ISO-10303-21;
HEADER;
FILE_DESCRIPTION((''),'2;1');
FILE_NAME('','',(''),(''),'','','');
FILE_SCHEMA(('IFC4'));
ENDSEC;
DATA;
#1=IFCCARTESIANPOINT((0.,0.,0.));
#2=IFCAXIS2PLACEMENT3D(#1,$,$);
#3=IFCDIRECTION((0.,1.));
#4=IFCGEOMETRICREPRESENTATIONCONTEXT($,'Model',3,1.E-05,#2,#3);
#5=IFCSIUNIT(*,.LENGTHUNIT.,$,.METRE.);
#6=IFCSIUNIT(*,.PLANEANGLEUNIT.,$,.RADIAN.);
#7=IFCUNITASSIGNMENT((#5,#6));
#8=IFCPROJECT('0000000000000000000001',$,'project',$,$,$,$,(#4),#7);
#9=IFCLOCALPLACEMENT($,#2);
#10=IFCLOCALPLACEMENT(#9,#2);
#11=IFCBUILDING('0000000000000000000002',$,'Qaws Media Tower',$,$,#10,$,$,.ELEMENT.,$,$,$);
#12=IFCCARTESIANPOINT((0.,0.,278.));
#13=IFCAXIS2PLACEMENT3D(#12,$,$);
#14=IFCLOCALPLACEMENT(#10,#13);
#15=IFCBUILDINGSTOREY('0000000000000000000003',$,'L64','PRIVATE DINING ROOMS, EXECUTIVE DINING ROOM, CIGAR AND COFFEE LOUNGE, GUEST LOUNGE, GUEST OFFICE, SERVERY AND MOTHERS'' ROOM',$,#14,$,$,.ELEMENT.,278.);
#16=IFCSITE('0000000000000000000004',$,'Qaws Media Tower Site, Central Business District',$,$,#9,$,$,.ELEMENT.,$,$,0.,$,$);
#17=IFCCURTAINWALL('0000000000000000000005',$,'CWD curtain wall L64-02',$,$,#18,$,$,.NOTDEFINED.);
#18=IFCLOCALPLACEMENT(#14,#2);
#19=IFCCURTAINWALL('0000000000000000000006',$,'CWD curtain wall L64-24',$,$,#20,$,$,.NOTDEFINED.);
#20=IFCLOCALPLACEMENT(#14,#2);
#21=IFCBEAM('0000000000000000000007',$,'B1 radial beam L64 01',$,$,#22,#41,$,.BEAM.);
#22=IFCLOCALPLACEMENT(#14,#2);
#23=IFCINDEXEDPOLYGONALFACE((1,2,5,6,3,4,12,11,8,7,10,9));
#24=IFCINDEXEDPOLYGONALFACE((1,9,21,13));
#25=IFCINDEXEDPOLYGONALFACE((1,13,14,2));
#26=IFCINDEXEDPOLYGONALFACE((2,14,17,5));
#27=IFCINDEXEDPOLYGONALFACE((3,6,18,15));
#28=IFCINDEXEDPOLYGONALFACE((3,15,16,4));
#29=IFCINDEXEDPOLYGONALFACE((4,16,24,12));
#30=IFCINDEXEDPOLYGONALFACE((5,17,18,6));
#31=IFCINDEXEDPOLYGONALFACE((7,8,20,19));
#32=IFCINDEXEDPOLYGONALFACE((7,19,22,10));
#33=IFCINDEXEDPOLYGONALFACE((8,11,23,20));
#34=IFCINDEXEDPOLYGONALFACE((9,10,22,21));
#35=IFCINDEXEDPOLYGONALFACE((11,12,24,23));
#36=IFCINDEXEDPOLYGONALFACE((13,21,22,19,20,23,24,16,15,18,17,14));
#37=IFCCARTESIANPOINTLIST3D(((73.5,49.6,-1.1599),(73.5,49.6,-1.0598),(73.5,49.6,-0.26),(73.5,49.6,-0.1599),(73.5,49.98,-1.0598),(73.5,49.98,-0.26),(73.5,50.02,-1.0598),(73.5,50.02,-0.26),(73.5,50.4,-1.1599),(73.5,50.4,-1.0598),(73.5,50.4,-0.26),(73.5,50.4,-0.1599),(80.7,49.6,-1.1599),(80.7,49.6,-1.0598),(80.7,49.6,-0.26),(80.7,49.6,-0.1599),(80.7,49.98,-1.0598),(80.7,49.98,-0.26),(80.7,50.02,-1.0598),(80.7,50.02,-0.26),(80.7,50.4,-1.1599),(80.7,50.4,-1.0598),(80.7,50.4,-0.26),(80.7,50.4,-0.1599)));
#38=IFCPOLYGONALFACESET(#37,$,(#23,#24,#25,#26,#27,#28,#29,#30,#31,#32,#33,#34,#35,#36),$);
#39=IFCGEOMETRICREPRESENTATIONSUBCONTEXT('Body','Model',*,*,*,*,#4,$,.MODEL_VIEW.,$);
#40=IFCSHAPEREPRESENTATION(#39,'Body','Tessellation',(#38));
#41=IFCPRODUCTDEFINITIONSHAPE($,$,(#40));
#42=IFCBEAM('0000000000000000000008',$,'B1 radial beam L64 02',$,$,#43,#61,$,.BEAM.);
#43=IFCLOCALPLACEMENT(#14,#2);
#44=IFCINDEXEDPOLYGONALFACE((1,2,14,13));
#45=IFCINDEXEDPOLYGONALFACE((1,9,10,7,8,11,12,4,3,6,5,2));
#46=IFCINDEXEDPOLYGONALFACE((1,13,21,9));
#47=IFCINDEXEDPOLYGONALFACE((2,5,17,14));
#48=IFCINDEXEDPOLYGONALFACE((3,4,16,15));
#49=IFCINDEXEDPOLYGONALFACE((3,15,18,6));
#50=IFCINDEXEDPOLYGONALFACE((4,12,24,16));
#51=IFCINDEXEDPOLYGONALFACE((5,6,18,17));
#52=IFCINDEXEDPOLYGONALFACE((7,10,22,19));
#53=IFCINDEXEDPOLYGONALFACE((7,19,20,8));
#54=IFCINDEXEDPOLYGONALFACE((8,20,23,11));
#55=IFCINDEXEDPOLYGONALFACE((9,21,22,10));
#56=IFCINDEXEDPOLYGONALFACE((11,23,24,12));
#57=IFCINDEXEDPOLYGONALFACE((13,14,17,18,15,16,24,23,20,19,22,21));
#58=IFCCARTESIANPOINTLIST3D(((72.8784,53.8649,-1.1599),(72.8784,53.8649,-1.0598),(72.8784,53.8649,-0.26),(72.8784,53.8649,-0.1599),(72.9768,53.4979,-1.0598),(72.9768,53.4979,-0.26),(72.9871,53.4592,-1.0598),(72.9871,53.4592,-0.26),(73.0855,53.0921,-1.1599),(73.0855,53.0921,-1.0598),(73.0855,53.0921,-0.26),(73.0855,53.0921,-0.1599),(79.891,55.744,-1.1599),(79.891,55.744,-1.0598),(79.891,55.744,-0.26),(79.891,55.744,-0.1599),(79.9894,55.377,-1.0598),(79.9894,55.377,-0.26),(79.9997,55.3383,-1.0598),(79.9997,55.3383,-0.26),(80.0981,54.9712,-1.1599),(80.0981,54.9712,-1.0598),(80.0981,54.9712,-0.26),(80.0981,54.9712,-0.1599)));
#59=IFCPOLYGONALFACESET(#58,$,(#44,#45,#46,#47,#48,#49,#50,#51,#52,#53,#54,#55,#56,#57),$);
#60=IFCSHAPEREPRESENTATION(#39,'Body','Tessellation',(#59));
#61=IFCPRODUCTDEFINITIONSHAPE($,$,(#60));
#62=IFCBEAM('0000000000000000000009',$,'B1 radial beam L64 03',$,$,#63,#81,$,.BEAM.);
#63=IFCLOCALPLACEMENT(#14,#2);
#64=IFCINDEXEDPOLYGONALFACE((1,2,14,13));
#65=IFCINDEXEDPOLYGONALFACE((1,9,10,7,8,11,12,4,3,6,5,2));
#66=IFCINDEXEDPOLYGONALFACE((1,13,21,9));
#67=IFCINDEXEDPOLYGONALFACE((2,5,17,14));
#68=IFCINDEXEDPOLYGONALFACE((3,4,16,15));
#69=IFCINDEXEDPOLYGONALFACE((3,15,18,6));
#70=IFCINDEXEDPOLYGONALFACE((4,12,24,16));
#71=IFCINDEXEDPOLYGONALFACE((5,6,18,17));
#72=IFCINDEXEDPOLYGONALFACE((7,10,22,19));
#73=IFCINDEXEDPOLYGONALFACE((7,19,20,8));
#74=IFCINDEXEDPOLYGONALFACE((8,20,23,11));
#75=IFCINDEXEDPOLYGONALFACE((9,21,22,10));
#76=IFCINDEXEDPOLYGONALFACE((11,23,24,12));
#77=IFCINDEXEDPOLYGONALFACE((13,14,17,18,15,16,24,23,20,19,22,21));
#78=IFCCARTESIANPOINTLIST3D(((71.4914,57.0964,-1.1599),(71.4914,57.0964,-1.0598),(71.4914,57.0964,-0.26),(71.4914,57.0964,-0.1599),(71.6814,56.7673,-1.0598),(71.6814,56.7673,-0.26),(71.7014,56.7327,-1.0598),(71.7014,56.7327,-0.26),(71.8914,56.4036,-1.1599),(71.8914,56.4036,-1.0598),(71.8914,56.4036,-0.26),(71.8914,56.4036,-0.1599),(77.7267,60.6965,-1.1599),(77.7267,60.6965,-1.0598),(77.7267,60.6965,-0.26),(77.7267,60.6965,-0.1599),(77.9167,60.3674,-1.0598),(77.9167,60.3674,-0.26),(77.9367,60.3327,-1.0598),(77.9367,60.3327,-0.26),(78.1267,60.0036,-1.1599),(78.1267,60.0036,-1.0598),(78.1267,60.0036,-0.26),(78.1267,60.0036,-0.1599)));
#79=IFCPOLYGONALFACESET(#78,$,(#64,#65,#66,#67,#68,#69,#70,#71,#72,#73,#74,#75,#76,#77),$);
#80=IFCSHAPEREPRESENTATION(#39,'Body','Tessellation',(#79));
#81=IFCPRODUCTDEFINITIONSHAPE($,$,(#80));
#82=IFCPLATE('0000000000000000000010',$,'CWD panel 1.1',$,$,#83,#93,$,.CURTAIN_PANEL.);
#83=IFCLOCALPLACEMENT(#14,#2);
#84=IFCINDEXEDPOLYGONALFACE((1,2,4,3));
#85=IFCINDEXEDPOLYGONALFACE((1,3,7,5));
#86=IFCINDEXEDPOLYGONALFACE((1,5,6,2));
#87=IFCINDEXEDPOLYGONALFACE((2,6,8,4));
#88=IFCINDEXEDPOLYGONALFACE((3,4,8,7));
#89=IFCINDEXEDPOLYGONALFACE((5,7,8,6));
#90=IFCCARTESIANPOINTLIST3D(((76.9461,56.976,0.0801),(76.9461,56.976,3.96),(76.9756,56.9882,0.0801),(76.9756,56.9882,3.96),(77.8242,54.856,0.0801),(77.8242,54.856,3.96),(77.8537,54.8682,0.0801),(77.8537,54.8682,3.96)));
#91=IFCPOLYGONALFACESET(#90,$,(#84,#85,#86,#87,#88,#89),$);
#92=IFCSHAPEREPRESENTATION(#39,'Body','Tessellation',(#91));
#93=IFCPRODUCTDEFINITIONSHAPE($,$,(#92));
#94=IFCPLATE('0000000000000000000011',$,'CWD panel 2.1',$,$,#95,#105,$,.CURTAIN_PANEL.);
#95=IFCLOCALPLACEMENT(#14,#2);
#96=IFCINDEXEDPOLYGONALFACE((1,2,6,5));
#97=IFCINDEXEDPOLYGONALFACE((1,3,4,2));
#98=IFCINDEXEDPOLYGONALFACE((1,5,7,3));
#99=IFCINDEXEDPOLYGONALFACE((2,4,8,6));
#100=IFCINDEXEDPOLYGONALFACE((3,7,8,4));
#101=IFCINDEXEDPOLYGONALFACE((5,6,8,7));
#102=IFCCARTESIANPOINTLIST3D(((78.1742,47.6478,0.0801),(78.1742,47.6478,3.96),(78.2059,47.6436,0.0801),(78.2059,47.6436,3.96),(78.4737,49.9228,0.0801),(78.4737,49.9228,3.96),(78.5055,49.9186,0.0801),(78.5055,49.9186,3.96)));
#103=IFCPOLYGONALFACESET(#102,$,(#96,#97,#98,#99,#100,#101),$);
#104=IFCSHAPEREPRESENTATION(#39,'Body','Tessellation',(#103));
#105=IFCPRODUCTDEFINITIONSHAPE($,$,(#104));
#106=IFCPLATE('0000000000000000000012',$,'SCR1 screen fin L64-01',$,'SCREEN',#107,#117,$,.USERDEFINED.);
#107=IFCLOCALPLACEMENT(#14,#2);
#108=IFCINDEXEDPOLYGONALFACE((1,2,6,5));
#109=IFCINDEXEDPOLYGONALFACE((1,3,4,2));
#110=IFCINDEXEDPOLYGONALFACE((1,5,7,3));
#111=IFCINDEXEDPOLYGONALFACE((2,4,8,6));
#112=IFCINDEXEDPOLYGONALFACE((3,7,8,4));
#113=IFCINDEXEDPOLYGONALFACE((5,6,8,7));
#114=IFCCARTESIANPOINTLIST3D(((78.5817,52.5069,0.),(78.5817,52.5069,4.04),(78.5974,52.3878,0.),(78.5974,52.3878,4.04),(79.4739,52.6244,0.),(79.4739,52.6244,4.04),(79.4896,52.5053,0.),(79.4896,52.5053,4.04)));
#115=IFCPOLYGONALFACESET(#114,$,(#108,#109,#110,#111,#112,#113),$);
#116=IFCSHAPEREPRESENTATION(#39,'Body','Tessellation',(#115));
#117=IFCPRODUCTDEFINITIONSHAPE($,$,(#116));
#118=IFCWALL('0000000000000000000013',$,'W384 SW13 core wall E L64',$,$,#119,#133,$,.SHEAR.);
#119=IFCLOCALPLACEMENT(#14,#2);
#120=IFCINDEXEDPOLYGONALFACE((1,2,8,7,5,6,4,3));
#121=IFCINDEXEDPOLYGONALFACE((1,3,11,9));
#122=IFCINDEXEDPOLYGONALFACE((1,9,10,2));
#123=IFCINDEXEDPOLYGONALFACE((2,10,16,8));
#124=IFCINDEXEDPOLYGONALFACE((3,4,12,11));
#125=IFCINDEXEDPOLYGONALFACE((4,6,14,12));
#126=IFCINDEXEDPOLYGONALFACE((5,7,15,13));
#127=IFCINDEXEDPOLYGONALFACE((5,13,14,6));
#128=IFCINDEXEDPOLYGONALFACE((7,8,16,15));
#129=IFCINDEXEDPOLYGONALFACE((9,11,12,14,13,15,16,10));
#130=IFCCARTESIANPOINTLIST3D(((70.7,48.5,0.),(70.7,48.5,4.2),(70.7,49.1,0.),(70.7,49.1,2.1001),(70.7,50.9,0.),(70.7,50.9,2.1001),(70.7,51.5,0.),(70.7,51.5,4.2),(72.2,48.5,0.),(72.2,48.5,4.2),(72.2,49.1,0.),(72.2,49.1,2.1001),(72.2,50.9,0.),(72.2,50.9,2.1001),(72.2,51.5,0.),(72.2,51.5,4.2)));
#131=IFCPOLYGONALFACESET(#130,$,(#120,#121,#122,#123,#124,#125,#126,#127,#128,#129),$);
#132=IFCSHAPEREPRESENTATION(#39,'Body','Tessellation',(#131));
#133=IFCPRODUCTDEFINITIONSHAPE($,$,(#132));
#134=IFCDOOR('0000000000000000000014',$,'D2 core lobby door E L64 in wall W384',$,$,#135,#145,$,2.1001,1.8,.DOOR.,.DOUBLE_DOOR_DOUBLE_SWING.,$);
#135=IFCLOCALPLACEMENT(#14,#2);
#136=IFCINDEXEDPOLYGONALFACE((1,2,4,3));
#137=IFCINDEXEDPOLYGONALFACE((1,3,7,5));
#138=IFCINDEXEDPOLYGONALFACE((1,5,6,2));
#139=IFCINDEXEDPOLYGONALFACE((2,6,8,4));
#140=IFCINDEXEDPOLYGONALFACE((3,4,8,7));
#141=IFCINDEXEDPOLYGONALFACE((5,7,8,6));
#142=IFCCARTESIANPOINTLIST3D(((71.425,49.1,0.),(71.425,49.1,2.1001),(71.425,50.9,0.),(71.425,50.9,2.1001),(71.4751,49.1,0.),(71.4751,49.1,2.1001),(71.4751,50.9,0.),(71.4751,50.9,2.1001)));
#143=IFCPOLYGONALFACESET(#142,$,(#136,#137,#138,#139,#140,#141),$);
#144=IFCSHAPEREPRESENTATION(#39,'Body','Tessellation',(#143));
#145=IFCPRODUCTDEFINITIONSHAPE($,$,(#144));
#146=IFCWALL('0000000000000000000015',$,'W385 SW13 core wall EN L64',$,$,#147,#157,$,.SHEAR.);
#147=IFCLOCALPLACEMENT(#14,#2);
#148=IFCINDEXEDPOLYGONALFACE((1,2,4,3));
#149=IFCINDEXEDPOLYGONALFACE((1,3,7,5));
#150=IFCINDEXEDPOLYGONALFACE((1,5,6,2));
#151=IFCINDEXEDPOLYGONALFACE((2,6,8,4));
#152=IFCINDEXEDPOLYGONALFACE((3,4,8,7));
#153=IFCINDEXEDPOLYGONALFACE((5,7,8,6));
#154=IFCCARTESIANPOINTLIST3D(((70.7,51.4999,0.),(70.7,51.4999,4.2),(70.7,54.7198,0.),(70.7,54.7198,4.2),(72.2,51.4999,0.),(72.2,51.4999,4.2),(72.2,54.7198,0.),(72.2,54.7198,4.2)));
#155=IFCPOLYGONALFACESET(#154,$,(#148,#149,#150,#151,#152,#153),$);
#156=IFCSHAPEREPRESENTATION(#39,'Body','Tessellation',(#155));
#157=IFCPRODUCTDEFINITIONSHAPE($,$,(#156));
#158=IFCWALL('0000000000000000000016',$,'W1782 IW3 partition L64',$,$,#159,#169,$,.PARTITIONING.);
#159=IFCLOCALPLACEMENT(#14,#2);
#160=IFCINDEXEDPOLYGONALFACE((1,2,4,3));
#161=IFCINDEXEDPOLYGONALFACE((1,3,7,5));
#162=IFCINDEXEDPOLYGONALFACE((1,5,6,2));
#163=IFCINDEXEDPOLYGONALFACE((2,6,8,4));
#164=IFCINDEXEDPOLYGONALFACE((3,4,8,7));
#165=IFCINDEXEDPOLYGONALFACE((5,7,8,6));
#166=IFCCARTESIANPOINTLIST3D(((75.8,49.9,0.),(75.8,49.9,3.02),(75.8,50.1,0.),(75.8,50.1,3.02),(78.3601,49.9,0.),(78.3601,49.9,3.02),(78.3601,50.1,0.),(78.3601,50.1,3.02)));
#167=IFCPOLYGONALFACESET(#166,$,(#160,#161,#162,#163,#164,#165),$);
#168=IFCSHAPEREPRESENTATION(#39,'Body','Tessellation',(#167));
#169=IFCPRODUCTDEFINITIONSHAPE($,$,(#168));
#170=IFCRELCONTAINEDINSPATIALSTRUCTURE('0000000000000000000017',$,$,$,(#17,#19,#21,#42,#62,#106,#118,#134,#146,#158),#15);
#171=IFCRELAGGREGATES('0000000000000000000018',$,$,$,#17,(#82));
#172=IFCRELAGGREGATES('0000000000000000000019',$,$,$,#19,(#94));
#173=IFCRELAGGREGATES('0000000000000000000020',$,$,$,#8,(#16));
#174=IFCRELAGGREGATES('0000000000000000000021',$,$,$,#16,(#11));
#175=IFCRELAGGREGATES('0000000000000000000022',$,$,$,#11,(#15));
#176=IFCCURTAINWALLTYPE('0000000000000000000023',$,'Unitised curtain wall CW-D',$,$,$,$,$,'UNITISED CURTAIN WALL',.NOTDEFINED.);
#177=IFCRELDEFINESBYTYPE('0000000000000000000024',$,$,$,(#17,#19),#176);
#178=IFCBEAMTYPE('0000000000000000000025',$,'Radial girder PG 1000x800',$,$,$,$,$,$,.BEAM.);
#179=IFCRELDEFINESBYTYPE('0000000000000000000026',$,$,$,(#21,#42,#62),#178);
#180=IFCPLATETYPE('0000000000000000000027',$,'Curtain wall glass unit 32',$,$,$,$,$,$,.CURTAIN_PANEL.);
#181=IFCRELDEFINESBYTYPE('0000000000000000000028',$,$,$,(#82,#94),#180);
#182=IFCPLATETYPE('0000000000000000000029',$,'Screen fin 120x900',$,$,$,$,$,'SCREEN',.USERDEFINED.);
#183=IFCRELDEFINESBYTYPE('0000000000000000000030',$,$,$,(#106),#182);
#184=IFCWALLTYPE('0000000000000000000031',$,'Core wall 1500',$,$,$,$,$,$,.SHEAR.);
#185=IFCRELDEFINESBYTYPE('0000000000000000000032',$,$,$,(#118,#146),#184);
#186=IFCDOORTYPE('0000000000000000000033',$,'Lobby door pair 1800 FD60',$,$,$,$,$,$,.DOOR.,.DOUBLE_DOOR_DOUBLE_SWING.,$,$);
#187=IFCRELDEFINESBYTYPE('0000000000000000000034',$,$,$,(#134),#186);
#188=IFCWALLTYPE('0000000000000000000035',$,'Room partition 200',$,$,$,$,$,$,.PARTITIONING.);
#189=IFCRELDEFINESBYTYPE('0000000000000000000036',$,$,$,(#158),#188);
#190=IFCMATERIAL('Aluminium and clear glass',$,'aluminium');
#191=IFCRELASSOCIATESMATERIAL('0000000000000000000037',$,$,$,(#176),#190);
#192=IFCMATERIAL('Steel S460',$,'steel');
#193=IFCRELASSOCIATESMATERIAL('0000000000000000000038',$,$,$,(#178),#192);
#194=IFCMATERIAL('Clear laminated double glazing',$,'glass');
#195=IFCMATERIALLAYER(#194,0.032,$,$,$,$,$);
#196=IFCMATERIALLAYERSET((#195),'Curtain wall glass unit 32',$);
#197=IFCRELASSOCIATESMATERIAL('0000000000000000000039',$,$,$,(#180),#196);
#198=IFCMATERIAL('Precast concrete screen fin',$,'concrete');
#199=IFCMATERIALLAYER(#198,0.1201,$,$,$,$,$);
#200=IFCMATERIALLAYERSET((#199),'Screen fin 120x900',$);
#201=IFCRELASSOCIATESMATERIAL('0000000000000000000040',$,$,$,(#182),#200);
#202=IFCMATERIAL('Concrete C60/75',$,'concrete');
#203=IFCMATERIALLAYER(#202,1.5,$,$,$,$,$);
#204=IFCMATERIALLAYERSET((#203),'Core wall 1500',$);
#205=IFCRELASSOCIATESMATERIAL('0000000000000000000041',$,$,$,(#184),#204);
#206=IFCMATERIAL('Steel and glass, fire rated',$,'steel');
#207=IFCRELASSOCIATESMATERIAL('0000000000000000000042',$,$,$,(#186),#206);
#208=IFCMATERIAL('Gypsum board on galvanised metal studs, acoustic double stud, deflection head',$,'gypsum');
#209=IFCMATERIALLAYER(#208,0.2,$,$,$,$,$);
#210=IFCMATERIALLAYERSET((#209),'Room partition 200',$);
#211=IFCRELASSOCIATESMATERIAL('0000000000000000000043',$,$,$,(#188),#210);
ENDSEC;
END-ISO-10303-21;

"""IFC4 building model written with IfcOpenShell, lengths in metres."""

from ifc_helpers import new_model, si_unit, direction, frame, frame_2d, origin, origin_2d, place, context, subcontext, project, spatial, rectangle, i_section, extrude, material, layer, layer_set, material_profile, profile_set, type_object, element, fill, aggregate, save


model = new_model("IFC4")

# Units and contexts
model_context = context("Model", 3, precision=1e-05, world=origin(), true_north=direction((0.0, 1.0)))
body_context = subcontext(model_context, "Body", "Model", "MODEL_VIEW")
ifc_project = project(units=[si_unit("LENGTHUNIT", "METRE"), si_unit("PLANEANGLEUNIT", "RADIAN")], contexts=[model_context])

# Site, building, storey
site_placement = place(None, origin())
site = spatial("IfcSite", under=ifc_project, at=site_placement, Name="Qaws Media Tower Site, Central Business District", CompositionType="ELEMENT", RefElevation=0.0)
building_placement = place(site_placement, origin())
building = spatial("IfcBuilding", under=site, at=building_placement, Name="Qaws Media Tower", CompositionType="ELEMENT")
storey_placement = place(building_placement, frame((0.0, 0.0, 278.0)))
storey = spatial("IfcBuildingStorey", under=building, at=storey_placement, Name="L64", Description="PRIVATE DINING ROOMS, EXECUTIVE DINING ROOM, CIGAR AND COFFEE LOUNGE, GUEST LOUNGE, GUEST OFFICE, SERVERY AND MOTHERS' ROOM", CompositionType="ELEMENT", Elevation=278.0)

# Curtain wall
ifc_material_1 = material(Name="Aluminium and clear glass", Category="aluminium")
curtain_wall_type = type_object("IfcCurtainWallType", Name="Unitised curtain wall CW-D", ElementType="UNITISED CURTAIN WALL", PredefinedType="NOTDEFINED", material=ifc_material_1)
curtain_wall_1_placement = place(storey_placement, origin())
curtain_wall_1 = element("IfcCurtainWall", 1, at=curtain_wall_1_placement, inside=storey, type_object=curtain_wall_type, Name="CWD curtain wall L64-02", PredefinedType="NOTDEFINED")

# Curtain wall
curtain_wall_2_placement = place(storey_placement, origin())
curtain_wall_2 = element("IfcCurtainWall", 2, at=curtain_wall_2_placement, inside=storey, type_object=curtain_wall_type, Name="CWD curtain wall L64-24", PredefinedType="NOTDEFINED")

# Beams
ifc_material_2 = material(Name="Steel S460", Category="steel")
ifc_material_profile_1 = material_profile(ifc_material_2, i_section(OverallWidth=0.8, OverallDepth=1.0, WebThickness=0.04, FlangeThickness=0.1001, at=origin_2d()), Name="PG 1000x800")
ifc_profile_set_1 = profile_set([ifc_material_profile_1], Name="Steel S460")
beam_type_1 = type_object("IfcBeamType", Name="Radial girder PG 1000x800", PredefinedType="BEAM", material=ifc_profile_set_1)
beam_1_placement = place(storey_placement, frame((73.5, 50.0, -0.6599), z_axis=(1.0, 0.0, 0.0), x_axis=(0.0, 1.0, 0.0)))
element("IfcBeam", 3, at=beam_1_placement, inside=storey, type_object=beam_type_1, Name="B1 radial beam L64 01", PredefinedType="BEAM", context=body_context, shape_type="SweptSolid", body=[
    extrude(i_section(OverallWidth=0.8, OverallDepth=1.0, WebThickness=0.04, FlangeThickness=0.1001, at=origin_2d()), origin(), (0.0, 0.0, 1.0), 7.2),
])
beam_2_placement = place(storey_placement, frame((72.9819, 53.4785, -0.6599), z_axis=(0.965922, 0.258832, 0.0), x_axis=(-0.258832, 0.965922, 0.0)))
element("IfcBeam", 4, at=beam_2_placement, inside=storey, type_object=beam_type_1, Name="B1 radial beam L64 02", PredefinedType="BEAM", context=body_context, shape_type="SweptSolid", body=[
    extrude(i_section(OverallWidth=0.8, OverallDepth=1.0, WebThickness=0.04, FlangeThickness=0.1001, at=origin_2d()), origin(), (0.0, 0.0, 1.0), 7.26),
])
beam_3_placement = place(storey_placement, frame((71.6914, 56.75, -0.6599), z_axis=(0.866018, 0.500012, 0.0), x_axis=(-0.500012, 0.866018, 0.0)))
element("IfcBeam", 5, at=beam_3_placement, inside=storey, type_object=beam_type_1, Name="B1 radial beam L64 03", PredefinedType="BEAM", context=body_context, shape_type="SweptSolid", body=[
    extrude(i_section(OverallWidth=0.8, OverallDepth=1.0, WebThickness=0.04, FlangeThickness=0.1001, at=origin_2d()), origin(), (0.0, 0.0, 1.0), 7.2),
])

# Plates
ifc_material_3 = material(Name="Clear laminated double glazing", Category="glass")
ifc_layer_1 = layer(ifc_material_3, 0.032)
ifc_layer_set_1 = layer_set([ifc_layer_1], Name="Curtain wall glass unit 32")
plate_type_1 = type_object("IfcPlateType", Name="Curtain wall glass unit 32", PredefinedType="CURTAIN_PANEL", material=ifc_layer_set_1)
plate_1_placement = place(storey_placement, frame((77.3999, 55.9221, 0.0801), z_axis=(0.0, 0.0, 1.0), x_axis=(-0.382683, 0.92388, 0.0)))
plate_1 = element("IfcPlate", 6, at=plate_1_placement, type_object=plate_type_1, Name="CWD panel 1.1", PredefinedType="CURTAIN_PANEL", context=body_context, shape_type="SweptSolid", body=[
    extrude(rectangle(XDim=2.2947, YDim=0.032, at=origin_2d()), origin(), (0.0, 0.0, 1.0), 3.8799),
])
aggregate(curtain_wall_1, [plate_1])
plate_2_placement = place(storey_placement, frame((78.3398, 48.7832, 0.0801), z_axis=(0.0, 0.0, 1.0), x_axis=(0.130526, 0.991445, 0.0)))
plate_2 = element("IfcPlate", 7, at=plate_2_placement, type_object=plate_type_1, Name="CWD panel 2.1", PredefinedType="CURTAIN_PANEL", context=body_context, shape_type="SweptSolid", body=[
    extrude(rectangle(XDim=2.2947, YDim=0.032, at=origin_2d()), origin(), (0.0, 0.0, 1.0), 3.8799),
])
aggregate(curtain_wall_2, [plate_2])
ifc_material_4 = material(Name="Precast concrete screen fin", Category="concrete")
ifc_layer_2 = layer(ifc_material_4, 0.1201)
ifc_layer_set_2 = layer_set([ifc_layer_2], Name="Screen fin 120x900")
plate_type_2 = type_object("IfcPlateType", Name="Screen fin 120x900", ElementType="SCREEN", PredefinedType="USERDEFINED", material=ifc_layer_set_2)
plate_3_placement = place(storey_placement, frame((79.0356, 52.5061, 0.0), z_axis=(0.0, 0.0, 1.0), x_axis=(0.991445, 0.130526, 0.0)))
element("IfcPlate", 8, at=plate_3_placement, inside=storey, type_object=plate_type_2, Name="SCR1 screen fin L64-01", ObjectType="SCREEN", PredefinedType="USERDEFINED", context=body_context, shape_type="SweptSolid", body=[
    extrude(rectangle(XDim=0.8999, YDim=0.1201, at=origin_2d()), origin(), (0.0, 0.0, 1.0), 4.04),
])

# Wall, opening, door
ifc_material_5 = material(Name="Concrete C60/75", Category="concrete")
ifc_layer_3 = layer(ifc_material_5, 1.5)
ifc_layer_set_3 = layer_set([ifc_layer_3], Name="Core wall 1500")
wall_type_1 = type_object("IfcWallType", Name="Core wall 1500", PredefinedType="SHEAR", material=ifc_layer_set_3)
wall_1_placement = place(storey_placement, frame((71.45, 48.5, 0.0), z_axis=(0.0, 0.0, 1.0), x_axis=(0.0, 1.0, 0.0)))
wall_1 = element("IfcWall", 9, at=wall_1_placement, inside=storey, type_object=wall_type_1, Name="W384 SW13 core wall E L64", PredefinedType="SHEAR", context=body_context, shape_type="SweptSolid", body=[
    extrude(rectangle(XDim=3.0, YDim=1.5, at=frame_2d((1.5, 0.0))), origin(), (0.0, 0.0, 1.0), 4.2),
])
opening_1_placement = place(wall_1_placement, frame((0.6001, 0.0, 0.0)))
opening_1 = element("IfcOpeningElement", 10, at=opening_1_placement, cuts=wall_1, PredefinedType="OPENING", context=body_context, shape_type="SweptSolid", body=[
    extrude(rectangle(XDim=1.8, YDim=2.1001, at=frame_2d((0.8999, 1.05))), frame((0.0, 0.76, 0.0), z_axis=(0.0, -1.0, 0.0), x_axis=(1.0, 0.0, 0.0)), (0.0, 0.0, 1.0), 1.52),
])
ifc_material_6 = material(Name="Steel and glass, fire rated", Category="steel")
door_type_1 = type_object("IfcDoorType", Name="Lobby door pair 1800 FD60", OperationType="DOUBLE_DOOR_DOUBLE_SWING", PredefinedType="DOOR", material=ifc_material_6)
door_1_placement = place(opening_1_placement, origin())
door_1 = element("IfcDoor", 11, at=door_1_placement, inside=storey, type_object=door_type_1, Name="D2 core lobby door E L64 in wall W384", OperationType="DOUBLE_DOOR_DOUBLE_SWING", OverallHeight=2.1001, OverallWidth=1.8, PredefinedType="DOOR", context=body_context, shape_type="SweptSolid", body=[
    extrude(rectangle(XDim=1.8, YDim=2.1001, at=frame_2d((0.8999, 1.05))), frame((0.0, 0.0249, 0.0), z_axis=(0.0, -1.0, 0.0), x_axis=(1.0, 0.0, 0.0)), (0.0, 0.0, 1.0), 0.05),
])
fill(opening_1, door_1)

# Wall
wall_2_placement = place(storey_placement, frame((71.45, 51.5, 0.0), z_axis=(0.0, 0.0, 1.0), x_axis=(0.0, 1.0, 0.0)))
element("IfcWall", 12, at=wall_2_placement, inside=storey, type_object=wall_type_1, Name="W385 SW13 core wall EN L64", PredefinedType="SHEAR", context=body_context, shape_type="SweptSolid", body=[
    extrude(rectangle(XDim=3.22, YDim=1.5, at=frame_2d((1.6099, 0.0))), origin(), (0.0, 0.0, 1.0), 4.2),
])

# Shared definitions
ifc_material_7 = material(Name="Gypsum board on galvanised metal studs, acoustic double stud, deflection head", Category="gypsum")
ifc_layer_4 = layer(ifc_material_7, 0.2)
ifc_layer_set_4 = layer_set([ifc_layer_4], Name="Room partition 200")
wall_type_2 = type_object("IfcWallType", Name="Room partition 200", PredefinedType="PARTITIONING", material=ifc_layer_set_4)

# Wall
wall_3_placement = place(storey_placement, frame((75.8, 50.0, 0.0), z_axis=(0.0, 0.0, 1.0), x_axis=(1.0, 0.0, 0.0)))
element("IfcWall", 13, at=wall_3_placement, inside=storey, type_object=wall_type_2, Name="W1782 IW3 partition L64", PredefinedType="PARTITIONING", context=body_context, shape_type="SweptSolid", body=[
    extrude(rectangle(XDim=2.5601, YDim=0.2, at=frame_2d((1.28, 0.0))), origin(), (0.0, 0.0, 1.0), 3.02),
])

save(model, "model.ifc")
